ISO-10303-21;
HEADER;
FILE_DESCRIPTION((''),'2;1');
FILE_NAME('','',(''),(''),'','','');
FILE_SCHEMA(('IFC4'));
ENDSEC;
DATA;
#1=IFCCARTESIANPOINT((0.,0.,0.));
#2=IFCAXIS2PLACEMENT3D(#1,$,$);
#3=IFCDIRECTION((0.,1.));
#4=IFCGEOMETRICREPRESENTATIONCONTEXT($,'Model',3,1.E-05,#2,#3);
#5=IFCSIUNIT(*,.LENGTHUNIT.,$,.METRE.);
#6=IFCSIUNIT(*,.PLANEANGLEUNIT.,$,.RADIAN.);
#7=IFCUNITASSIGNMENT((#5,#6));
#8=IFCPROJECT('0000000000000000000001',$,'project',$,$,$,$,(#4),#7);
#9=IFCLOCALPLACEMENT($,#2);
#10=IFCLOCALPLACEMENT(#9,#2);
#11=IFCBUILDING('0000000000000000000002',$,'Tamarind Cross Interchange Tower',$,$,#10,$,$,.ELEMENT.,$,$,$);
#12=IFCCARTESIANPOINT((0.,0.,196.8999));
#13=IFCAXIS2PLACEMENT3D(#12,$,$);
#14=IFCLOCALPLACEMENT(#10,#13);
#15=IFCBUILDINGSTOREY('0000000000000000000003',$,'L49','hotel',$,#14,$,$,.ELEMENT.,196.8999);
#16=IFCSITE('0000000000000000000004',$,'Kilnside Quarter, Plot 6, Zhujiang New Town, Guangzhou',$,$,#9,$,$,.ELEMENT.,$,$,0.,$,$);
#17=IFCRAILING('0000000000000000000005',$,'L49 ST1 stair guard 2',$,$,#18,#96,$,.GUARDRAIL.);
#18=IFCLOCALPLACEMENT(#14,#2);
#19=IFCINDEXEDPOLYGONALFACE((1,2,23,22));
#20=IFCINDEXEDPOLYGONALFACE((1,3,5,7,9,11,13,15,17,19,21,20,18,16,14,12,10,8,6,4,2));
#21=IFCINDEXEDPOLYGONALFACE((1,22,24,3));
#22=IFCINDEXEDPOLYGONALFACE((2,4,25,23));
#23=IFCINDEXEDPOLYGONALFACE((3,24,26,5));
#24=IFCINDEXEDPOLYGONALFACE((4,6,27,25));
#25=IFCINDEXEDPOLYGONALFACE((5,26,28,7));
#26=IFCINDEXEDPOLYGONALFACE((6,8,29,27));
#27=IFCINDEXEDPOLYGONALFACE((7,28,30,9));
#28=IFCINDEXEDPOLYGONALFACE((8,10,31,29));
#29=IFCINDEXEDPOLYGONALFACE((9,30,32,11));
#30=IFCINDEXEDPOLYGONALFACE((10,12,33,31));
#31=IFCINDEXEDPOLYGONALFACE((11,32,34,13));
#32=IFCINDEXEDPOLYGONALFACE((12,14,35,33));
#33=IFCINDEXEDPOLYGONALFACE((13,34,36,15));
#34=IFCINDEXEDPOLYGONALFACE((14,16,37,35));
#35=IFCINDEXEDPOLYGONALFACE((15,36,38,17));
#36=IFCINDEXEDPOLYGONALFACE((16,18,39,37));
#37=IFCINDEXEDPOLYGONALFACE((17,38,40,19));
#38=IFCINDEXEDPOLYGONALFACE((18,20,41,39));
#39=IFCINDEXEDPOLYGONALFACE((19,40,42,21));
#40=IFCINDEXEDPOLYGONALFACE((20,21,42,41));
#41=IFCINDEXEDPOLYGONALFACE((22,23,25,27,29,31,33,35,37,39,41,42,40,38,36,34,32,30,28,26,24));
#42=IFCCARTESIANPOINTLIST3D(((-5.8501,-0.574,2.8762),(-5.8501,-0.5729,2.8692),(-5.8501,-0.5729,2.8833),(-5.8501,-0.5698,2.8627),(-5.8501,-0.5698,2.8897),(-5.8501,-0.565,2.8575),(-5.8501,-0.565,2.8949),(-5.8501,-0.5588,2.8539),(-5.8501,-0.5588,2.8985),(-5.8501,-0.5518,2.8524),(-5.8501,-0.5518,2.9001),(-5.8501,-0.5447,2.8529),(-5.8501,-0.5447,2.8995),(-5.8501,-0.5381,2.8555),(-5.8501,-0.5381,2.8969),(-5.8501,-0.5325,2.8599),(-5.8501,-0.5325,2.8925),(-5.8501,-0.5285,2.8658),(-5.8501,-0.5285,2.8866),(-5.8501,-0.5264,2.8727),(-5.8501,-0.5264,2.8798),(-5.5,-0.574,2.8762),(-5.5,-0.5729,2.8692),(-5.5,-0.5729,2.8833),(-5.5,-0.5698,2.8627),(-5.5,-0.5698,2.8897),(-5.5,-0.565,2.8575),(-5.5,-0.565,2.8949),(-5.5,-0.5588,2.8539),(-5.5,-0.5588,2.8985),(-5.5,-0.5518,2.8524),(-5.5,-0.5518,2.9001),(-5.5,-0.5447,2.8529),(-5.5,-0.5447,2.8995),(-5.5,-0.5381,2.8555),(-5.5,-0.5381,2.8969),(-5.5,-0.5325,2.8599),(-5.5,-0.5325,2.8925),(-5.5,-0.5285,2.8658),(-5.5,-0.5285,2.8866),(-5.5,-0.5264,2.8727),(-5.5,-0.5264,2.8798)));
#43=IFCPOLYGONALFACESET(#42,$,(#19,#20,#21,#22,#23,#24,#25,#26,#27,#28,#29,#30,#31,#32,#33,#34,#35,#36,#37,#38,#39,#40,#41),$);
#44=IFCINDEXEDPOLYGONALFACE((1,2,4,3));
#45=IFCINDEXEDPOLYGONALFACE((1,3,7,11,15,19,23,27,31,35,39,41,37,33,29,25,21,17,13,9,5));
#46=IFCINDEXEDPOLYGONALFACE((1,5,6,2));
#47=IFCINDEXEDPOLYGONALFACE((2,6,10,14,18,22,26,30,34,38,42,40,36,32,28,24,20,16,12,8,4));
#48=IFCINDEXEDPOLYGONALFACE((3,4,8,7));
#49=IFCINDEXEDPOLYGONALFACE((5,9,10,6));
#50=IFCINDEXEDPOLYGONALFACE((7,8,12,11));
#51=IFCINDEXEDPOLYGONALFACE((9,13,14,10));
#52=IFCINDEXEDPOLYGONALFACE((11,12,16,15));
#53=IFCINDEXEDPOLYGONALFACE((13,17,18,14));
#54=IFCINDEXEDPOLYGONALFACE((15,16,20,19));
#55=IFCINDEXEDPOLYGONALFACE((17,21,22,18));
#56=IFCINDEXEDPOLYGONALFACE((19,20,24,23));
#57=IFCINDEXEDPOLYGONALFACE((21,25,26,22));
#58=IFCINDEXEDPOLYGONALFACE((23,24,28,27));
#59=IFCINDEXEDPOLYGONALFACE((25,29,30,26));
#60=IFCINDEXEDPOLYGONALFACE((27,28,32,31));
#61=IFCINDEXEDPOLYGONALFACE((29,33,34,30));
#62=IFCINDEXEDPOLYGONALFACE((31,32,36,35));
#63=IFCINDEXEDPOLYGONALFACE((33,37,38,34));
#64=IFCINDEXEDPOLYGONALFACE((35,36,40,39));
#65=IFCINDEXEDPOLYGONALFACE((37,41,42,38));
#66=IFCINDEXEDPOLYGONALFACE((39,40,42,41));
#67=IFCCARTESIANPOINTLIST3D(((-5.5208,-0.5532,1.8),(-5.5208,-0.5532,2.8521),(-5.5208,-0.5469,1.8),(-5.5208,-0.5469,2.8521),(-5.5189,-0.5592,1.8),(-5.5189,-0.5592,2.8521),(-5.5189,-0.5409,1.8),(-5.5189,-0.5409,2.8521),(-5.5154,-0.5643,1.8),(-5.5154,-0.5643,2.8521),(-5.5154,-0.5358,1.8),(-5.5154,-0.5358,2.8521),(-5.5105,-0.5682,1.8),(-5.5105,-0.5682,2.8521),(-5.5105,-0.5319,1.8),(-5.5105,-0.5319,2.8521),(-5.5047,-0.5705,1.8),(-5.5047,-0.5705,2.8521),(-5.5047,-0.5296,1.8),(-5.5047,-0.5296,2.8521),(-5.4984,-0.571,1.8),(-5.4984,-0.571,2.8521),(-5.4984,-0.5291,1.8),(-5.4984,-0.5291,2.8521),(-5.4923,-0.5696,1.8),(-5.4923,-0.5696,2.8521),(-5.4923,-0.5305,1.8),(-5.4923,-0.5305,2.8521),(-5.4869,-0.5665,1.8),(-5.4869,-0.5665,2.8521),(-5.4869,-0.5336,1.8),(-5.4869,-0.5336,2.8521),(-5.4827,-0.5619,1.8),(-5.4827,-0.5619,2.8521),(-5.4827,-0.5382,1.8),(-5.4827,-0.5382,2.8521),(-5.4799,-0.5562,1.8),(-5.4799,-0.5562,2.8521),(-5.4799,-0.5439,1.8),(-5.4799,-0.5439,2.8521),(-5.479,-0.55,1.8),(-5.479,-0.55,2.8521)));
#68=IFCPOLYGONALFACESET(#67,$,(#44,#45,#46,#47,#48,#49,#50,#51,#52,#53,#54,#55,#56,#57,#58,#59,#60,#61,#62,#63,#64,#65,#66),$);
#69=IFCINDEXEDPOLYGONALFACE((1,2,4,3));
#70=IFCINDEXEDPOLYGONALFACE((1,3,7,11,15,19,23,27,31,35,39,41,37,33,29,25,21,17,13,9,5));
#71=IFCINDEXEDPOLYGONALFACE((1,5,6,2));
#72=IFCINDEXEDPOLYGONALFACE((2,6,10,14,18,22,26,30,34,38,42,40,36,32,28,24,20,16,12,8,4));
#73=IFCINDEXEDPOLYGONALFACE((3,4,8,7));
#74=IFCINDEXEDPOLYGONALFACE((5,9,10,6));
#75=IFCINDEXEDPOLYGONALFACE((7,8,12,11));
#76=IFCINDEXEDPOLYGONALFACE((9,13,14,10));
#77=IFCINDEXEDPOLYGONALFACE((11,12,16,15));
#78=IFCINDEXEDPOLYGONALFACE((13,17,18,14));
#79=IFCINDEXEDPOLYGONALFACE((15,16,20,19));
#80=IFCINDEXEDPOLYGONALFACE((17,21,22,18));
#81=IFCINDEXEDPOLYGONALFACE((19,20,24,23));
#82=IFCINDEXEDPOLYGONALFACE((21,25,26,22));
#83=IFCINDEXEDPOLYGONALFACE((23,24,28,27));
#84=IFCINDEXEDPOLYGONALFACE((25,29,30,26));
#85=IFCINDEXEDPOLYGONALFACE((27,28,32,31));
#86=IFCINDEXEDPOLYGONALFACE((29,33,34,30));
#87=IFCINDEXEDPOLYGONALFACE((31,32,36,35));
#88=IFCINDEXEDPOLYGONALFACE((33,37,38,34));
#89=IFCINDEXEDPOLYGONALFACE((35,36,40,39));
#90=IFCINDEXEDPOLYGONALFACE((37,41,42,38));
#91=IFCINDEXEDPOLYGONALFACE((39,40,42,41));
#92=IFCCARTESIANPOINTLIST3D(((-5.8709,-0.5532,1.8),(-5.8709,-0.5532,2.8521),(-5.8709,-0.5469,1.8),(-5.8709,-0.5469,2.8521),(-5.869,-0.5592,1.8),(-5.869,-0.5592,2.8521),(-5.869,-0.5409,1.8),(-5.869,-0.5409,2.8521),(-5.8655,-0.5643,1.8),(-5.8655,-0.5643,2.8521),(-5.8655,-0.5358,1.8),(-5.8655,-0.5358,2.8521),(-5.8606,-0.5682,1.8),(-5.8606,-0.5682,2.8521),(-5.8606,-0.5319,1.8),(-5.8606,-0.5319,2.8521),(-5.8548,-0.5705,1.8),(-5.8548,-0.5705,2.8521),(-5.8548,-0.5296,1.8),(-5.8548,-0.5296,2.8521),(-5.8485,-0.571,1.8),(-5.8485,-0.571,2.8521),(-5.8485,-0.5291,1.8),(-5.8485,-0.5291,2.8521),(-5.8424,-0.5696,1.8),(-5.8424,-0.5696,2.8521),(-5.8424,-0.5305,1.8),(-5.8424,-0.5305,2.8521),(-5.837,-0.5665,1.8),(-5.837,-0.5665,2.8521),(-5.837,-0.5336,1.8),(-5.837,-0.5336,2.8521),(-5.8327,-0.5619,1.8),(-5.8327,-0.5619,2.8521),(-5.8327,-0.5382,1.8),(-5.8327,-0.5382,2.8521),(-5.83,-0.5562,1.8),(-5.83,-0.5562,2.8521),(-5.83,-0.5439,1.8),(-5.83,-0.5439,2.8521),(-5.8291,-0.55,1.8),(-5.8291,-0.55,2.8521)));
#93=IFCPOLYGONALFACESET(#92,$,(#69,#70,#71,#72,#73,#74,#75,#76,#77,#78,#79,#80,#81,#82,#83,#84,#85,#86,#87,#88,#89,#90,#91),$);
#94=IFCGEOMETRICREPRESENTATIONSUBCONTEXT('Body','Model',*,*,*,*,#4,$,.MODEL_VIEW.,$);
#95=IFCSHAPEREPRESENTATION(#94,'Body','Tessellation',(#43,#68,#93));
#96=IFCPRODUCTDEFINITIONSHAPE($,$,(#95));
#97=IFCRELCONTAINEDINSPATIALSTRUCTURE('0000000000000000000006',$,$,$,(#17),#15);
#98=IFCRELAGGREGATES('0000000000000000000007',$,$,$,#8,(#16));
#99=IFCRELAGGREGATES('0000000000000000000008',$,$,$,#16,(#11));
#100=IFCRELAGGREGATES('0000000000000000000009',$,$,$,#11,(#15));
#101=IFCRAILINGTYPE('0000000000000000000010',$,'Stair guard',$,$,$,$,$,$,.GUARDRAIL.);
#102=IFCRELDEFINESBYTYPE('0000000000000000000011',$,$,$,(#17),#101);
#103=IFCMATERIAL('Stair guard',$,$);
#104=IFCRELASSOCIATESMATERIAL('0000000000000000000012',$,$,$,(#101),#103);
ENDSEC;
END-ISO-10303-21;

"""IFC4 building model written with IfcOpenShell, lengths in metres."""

from ifc_helpers import new_model, si_unit, direction, frame, origin, origin_2d, place, context, subcontext, project, spatial, circle, extrude, material, type_object, element, save


model = new_model("IFC4")

# Units and contexts
model_context = context("Model", 3, precision=1e-05, world=origin(), true_north=direction((0.0, 1.0)))
body_context = subcontext(model_context, "Body", "Model", "MODEL_VIEW")
ifc_project = project(units=[si_unit("LENGTHUNIT", "METRE"), si_unit("PLANEANGLEUNIT", "RADIAN")], contexts=[model_context])

# Site, building, storey
site_placement = place(None, origin())
site = spatial("IfcSite", under=ifc_project, at=site_placement, Name="Kilnside Quarter, Plot 6, Zhujiang New Town, Guangzhou", CompositionType="ELEMENT", RefElevation=0.0)
building_placement = place(site_placement, origin())
building = spatial("IfcBuilding", under=site, at=building_placement, Name="Tamarind Cross Interchange Tower", CompositionType="ELEMENT")
storey_placement = place(building_placement, frame((0.0, 0.0, 196.8999)))
storey = spatial("IfcBuildingStorey", under=building, at=storey_placement, Name="L49", Description="hotel", CompositionType="ELEMENT", Elevation=196.8999)

# Railing
ifc_material_1 = material(Name="Stair guard")
railing_type_1 = type_object("IfcRailingType", Name="Stair guard", PredefinedType="GUARDRAIL", material=ifc_material_1)
railing_1_placement = place(storey_placement, frame((-5.5, -0.55, 1.8)))
element("IfcRailing", 1, at=railing_1_placement, inside=storey, type_object=railing_type_1, Name="L49 ST1 stair guard 2", PredefinedType="GUARDRAIL", context=body_context, shape_type="SweptSolid", body=[
    extrude(circle(Radius=0.0239, at=origin_2d()), frame((0.0, 0.0, 1.0762), z_axis=(-1.0, 0.0, 0.0), x_axis=(0.0, -1.0, 0.0)), (0.0, 0.0, 1.0), 0.3501),
    extrude(circle(Radius=0.021, at=origin_2d()), origin(), (0.0, 0.0, 1.0), 1.052),
    extrude(circle(Radius=0.021, at=origin_2d()), frame((-0.3501, 0.0, 0.0)), (0.0, 0.0, 1.0), 1.052),
])

save(model, "model.ifc")
